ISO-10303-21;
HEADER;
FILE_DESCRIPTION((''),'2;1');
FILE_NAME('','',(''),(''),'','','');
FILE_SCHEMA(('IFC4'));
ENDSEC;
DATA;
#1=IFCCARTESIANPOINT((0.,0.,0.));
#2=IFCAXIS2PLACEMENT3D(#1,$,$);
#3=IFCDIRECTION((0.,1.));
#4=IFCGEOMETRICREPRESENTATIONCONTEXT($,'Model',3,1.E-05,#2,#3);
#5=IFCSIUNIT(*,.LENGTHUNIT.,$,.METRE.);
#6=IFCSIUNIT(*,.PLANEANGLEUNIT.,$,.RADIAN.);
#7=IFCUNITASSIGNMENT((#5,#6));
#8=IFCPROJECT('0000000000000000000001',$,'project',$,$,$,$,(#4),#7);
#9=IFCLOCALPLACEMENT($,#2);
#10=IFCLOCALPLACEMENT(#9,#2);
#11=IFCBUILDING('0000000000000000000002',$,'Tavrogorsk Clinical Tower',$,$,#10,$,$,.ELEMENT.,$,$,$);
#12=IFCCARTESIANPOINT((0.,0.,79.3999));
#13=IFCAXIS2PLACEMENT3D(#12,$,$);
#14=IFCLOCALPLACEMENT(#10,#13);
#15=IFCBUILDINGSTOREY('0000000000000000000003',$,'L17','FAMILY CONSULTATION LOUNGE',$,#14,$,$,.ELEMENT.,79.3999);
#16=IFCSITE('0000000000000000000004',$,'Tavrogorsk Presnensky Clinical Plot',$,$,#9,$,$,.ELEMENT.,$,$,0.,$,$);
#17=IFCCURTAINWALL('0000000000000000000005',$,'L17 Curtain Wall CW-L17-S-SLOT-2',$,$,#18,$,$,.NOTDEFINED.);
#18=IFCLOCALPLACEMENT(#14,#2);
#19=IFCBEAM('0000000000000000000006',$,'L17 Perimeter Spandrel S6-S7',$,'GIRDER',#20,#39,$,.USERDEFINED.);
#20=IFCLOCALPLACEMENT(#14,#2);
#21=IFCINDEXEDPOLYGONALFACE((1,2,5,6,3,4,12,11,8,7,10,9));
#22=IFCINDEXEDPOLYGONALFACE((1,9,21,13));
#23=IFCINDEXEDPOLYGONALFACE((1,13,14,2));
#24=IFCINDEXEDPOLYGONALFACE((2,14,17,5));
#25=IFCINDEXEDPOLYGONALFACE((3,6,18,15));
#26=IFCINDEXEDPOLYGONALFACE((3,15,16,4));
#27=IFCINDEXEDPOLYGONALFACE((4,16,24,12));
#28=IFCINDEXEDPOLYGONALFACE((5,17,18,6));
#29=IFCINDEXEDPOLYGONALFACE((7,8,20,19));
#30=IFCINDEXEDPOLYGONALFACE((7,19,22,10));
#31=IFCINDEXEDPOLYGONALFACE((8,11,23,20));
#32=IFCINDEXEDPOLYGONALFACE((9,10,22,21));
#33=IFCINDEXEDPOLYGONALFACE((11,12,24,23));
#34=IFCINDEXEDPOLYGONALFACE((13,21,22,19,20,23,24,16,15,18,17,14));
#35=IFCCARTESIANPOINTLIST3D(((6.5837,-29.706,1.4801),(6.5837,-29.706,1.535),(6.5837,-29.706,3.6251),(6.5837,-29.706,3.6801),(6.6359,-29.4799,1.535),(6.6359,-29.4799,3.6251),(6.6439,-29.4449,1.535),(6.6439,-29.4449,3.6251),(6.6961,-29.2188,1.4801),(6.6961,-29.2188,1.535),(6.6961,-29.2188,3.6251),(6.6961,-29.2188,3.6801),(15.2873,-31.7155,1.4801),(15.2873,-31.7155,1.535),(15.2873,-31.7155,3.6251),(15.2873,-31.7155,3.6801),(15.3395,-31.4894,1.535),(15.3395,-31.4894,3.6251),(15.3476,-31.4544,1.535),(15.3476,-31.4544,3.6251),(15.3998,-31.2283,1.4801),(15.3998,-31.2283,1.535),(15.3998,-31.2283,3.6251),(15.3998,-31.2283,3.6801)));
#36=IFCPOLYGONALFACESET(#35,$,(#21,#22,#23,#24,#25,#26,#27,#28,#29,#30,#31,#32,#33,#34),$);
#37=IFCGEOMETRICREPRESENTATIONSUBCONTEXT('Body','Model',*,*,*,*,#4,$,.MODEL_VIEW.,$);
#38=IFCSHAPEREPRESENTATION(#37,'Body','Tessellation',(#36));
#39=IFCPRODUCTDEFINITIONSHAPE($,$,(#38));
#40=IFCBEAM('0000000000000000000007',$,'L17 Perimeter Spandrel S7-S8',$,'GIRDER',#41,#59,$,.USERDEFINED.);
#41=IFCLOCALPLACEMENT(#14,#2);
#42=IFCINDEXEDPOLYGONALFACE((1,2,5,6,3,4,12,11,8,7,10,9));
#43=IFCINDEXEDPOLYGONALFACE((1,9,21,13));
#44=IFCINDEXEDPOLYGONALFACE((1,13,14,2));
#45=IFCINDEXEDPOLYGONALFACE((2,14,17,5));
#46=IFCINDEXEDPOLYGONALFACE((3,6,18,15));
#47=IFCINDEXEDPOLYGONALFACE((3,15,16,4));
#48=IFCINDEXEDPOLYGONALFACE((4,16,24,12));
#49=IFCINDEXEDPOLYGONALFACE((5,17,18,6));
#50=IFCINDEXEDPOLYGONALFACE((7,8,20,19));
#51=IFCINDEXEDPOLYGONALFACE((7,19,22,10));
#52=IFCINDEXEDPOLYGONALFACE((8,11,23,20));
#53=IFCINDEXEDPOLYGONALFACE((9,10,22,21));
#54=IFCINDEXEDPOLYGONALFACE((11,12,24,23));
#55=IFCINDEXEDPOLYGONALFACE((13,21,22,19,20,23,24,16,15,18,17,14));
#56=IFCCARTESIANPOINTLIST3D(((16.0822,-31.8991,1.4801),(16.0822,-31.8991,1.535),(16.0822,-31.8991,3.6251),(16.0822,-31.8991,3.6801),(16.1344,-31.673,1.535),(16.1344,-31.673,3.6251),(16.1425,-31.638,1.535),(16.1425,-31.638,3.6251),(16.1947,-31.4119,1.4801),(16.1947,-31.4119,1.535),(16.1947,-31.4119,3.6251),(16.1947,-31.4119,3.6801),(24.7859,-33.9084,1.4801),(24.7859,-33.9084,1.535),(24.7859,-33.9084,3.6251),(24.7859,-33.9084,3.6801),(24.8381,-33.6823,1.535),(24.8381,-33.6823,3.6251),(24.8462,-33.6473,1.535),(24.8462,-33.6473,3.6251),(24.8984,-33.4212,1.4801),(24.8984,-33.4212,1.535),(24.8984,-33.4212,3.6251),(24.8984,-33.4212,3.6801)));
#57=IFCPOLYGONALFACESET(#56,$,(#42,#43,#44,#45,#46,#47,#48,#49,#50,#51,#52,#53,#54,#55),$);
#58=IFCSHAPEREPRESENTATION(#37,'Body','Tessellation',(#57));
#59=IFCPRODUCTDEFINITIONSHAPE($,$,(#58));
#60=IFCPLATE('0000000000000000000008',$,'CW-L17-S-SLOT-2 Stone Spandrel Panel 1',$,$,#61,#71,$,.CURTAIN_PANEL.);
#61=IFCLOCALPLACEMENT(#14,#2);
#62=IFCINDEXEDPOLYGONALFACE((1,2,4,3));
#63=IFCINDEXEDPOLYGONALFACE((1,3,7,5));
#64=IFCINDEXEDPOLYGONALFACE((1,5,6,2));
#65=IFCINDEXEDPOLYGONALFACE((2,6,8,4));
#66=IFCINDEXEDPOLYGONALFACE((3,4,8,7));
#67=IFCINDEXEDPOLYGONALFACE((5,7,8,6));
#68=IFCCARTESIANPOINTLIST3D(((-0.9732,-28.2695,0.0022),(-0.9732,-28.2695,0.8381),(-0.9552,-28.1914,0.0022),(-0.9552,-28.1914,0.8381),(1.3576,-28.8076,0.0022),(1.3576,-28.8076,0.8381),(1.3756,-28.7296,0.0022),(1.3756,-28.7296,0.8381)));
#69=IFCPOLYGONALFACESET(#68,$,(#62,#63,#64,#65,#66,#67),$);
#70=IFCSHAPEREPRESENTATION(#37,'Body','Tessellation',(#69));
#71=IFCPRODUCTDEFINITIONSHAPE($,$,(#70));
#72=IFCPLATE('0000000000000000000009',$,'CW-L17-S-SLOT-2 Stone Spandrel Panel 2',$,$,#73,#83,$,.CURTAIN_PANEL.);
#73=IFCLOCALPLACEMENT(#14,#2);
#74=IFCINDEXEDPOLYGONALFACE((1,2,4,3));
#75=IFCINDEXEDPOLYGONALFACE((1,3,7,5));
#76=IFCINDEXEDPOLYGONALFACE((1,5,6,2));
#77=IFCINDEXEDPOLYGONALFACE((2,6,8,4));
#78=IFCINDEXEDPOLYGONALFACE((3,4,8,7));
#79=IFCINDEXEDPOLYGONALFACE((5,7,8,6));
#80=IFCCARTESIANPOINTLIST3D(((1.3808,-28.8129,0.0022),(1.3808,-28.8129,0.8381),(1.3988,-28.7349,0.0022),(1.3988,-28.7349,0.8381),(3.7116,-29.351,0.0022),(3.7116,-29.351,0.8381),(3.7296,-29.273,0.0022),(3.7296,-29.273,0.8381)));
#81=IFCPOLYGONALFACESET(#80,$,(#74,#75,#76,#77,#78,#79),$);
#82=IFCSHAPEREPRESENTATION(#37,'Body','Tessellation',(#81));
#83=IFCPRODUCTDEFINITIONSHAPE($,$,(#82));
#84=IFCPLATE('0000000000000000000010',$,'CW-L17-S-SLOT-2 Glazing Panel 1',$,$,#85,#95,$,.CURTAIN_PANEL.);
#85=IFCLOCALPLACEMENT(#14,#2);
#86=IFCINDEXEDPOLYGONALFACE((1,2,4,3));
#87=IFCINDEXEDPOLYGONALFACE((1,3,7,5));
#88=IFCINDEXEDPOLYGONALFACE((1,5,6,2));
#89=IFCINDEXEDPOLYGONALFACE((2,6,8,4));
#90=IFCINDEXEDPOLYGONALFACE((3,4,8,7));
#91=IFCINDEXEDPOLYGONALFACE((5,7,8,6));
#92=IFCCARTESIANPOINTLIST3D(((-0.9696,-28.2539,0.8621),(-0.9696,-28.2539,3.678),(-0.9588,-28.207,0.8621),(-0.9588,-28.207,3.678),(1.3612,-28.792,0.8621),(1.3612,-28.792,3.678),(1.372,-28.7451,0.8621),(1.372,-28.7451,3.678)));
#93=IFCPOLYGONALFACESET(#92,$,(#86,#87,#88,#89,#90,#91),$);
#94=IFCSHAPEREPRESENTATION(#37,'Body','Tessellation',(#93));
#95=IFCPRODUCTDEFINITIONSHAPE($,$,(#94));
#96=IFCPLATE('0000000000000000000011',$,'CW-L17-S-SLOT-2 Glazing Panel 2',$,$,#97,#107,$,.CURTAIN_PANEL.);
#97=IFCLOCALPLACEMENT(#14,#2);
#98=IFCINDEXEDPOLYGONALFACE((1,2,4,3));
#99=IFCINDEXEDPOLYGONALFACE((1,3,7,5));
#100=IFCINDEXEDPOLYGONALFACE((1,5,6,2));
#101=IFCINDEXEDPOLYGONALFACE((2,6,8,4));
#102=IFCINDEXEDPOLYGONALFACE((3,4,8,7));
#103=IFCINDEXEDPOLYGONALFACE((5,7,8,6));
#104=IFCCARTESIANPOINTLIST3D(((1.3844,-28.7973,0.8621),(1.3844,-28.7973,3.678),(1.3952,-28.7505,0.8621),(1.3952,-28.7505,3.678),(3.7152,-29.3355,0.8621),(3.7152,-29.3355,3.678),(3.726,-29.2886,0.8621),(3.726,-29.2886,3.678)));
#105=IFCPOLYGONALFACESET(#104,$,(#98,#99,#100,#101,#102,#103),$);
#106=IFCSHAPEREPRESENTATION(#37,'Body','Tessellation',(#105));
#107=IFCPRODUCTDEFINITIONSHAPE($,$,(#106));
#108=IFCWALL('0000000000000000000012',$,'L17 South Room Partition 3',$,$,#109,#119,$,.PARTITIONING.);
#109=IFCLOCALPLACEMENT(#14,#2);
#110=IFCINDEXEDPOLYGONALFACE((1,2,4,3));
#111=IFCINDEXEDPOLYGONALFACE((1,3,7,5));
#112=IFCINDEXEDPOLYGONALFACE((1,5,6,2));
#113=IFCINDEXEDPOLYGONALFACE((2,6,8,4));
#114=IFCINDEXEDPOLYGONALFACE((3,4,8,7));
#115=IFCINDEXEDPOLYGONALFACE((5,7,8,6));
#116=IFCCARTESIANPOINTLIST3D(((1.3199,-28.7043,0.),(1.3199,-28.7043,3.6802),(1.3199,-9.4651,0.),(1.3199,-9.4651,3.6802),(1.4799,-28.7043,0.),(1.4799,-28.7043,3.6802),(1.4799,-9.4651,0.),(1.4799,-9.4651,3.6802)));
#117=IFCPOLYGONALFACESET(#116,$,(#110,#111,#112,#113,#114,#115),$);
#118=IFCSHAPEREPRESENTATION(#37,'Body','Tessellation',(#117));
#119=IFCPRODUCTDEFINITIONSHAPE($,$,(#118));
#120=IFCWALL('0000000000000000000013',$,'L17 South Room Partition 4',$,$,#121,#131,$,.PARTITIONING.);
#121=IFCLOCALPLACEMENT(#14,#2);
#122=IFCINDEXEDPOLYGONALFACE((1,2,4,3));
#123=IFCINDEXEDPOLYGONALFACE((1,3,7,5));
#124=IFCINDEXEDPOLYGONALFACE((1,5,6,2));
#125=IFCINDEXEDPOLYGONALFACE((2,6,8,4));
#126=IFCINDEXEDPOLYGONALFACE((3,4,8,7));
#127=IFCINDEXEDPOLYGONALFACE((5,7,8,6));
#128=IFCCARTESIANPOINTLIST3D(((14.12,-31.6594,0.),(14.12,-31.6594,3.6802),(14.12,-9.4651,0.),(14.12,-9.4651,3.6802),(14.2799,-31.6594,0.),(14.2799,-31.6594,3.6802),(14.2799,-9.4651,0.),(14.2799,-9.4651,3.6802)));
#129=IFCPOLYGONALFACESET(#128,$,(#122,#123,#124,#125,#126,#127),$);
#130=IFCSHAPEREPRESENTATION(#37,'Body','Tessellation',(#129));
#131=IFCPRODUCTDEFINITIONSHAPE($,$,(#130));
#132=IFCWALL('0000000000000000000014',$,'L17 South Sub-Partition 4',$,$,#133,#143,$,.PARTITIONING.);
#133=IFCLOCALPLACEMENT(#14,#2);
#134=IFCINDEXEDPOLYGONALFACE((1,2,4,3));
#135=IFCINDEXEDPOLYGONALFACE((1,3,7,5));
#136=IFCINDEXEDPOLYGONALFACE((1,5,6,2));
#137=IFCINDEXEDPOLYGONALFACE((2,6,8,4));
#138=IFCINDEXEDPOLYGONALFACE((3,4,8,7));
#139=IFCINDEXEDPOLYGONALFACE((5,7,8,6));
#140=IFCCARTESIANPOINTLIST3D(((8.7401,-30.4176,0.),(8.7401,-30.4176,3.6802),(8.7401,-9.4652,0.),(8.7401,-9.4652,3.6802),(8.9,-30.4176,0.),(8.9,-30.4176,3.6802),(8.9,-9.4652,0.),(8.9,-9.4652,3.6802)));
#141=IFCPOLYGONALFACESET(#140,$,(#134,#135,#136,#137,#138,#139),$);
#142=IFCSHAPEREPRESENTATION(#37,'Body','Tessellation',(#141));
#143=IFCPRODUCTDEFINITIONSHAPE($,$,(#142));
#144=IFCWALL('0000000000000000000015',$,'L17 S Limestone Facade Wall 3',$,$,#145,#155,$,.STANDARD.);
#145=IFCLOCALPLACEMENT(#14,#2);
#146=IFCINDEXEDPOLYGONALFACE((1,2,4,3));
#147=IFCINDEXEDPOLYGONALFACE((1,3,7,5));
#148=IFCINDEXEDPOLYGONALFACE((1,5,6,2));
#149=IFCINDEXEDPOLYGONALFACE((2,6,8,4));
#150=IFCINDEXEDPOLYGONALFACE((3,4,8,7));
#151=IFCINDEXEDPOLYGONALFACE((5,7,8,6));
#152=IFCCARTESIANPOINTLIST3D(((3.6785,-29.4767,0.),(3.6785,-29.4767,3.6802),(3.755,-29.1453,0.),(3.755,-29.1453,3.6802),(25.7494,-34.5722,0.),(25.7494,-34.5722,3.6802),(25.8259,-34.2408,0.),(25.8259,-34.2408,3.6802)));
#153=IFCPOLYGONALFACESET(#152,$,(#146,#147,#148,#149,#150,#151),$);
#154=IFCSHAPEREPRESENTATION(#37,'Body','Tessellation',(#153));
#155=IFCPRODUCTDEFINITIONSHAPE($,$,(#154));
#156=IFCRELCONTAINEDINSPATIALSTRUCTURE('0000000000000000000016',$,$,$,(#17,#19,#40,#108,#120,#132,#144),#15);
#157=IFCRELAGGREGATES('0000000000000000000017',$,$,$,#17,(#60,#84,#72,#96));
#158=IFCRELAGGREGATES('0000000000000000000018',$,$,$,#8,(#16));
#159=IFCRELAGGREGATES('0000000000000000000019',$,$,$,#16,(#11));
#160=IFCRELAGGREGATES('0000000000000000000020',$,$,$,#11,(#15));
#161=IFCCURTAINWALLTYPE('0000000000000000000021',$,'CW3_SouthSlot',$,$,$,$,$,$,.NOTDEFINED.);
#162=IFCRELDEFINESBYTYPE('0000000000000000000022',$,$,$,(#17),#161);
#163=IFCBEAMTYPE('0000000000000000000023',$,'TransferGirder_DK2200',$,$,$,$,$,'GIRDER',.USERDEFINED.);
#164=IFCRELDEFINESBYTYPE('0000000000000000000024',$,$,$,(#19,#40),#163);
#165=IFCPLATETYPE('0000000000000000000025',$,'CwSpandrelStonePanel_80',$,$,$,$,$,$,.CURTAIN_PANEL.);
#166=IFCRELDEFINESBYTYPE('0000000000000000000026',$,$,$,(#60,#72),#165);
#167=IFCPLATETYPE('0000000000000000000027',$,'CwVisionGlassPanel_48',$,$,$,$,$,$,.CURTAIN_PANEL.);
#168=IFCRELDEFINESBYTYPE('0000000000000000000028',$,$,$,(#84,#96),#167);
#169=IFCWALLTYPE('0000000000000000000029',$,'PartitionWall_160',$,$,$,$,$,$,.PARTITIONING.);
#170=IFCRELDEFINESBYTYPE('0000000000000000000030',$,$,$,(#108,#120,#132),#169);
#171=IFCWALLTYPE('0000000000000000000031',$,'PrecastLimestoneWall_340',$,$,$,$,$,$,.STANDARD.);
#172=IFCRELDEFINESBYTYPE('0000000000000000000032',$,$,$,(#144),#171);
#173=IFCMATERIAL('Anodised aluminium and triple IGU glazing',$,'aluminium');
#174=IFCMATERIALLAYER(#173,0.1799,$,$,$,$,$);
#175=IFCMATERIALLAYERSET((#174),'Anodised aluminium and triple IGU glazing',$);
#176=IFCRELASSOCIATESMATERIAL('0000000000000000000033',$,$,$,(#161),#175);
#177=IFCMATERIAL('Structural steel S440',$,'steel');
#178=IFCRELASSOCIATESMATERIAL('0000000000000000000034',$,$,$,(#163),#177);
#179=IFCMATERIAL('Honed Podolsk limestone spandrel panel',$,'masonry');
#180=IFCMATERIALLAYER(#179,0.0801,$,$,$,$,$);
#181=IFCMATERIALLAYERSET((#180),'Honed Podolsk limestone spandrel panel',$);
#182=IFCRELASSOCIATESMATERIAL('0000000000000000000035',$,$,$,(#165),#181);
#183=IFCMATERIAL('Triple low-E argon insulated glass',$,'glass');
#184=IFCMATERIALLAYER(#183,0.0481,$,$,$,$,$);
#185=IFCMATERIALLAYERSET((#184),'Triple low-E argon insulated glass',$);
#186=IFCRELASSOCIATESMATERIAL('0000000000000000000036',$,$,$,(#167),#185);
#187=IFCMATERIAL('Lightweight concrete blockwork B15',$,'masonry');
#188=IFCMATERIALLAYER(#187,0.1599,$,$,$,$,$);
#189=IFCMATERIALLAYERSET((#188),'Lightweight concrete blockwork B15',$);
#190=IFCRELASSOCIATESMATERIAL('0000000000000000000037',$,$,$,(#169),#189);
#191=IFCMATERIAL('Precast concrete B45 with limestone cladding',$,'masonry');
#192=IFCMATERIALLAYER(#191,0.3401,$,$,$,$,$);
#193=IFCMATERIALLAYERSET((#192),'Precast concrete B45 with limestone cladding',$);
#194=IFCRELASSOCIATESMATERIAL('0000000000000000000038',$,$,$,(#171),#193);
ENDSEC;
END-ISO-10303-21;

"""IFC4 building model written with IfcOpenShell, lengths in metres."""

from ifc_helpers import new_model, si_unit, direction, frame, frame_2d, origin, origin_2d, place, context, subcontext, project, spatial, rectangle, i_section, extrude, material, layer, layer_set, material_profile, profile_set, type_object, element, aggregate, save


model = new_model("IFC4")

# Units and contexts
model_context = context("Model", 3, precision=1e-05, world=origin(), true_north=direction((0.0, 1.0)))
body_context = subcontext(model_context, "Body", "Model", "MODEL_VIEW")
ifc_project = project(units=[si_unit("LENGTHUNIT", "METRE"), si_unit("PLANEANGLEUNIT", "RADIAN")], contexts=[model_context])

# Site, building, storey
site_placement = place(None, origin())
site = spatial("IfcSite", under=ifc_project, at=site_placement, Name="Tavrogorsk Presnensky Clinical Plot", CompositionType="ELEMENT", RefElevation=0.0)
building_placement = place(site_placement, origin())
building = spatial("IfcBuilding", under=site, at=building_placement, Name="Tavrogorsk Clinical Tower", CompositionType="ELEMENT")
storey_placement = place(building_placement, frame((0.0, 0.0, 79.3999)))
storey = spatial("IfcBuildingStorey", under=building, at=storey_placement, Name="L17", Description="FAMILY CONSULTATION LOUNGE", CompositionType="ELEMENT", Elevation=79.3999)

# Curtain wall
ifc_material_1 = material(Name="Anodised aluminium and triple IGU glazing", Category="aluminium")
ifc_layer_1 = layer(ifc_material_1, 0.1799)
ifc_layer_set_1 = layer_set([ifc_layer_1], Name="Anodised aluminium and triple IGU glazing")
curtain_wall_type = type_object("IfcCurtainWallType", Name="CW3_SouthSlot", PredefinedType="NOTDEFINED", material=ifc_layer_set_1)
curtain_wall_placement = place(storey_placement, origin())
curtain_wall = element("IfcCurtainWall", 1, at=curtain_wall_placement, inside=storey, type_object=curtain_wall_type, Name="L17 Curtain Wall CW-L17-S-SLOT-2", PredefinedType="NOTDEFINED")

# Beams
ifc_material_2 = material(Name="Structural steel S440", Category="steel")
ifc_material_profile_1 = material_profile(ifc_material_2, i_section(OverallWidth=0.5, OverallDepth=2.2, WebThickness=0.0359, FlangeThickness=0.0549, at=origin_2d()), Name="DK-2200x500x36x55")
ifc_profile_set_1 = profile_set([ifc_material_profile_1], Name="Structural steel S440")
beam_type = type_object("IfcBeamType", Name="TransferGirder_DK2200", ElementType="GIRDER", PredefinedType="USERDEFINED", material=ifc_profile_set_1)
for number, where, z_axis, x_axis, name in (
    (2, (6.6399, -29.4624, 2.5801), (0.974367, -0.224965, 0.0), (0.224965, 0.974367, 0.0), "L17 Perimeter Spandrel S6-S7"),
    (3, (16.1384, -31.6555, 2.5801), (0.974373, -0.224939, 0.0), (0.224939, 0.974373, 0.0), "L17 Perimeter Spandrel S7-S8"),
):
    element("IfcBeam", number, at=place(storey_placement, frame(where, z_axis=z_axis, x_axis=x_axis)), inside=storey, type_object=beam_type, Name=name, ObjectType="GIRDER", PredefinedType="USERDEFINED", context=body_context, shape_type="SweptSolid", body=[
        extrude(i_section(OverallWidth=0.5, OverallDepth=2.2, WebThickness=0.0359, FlangeThickness=0.0549, at=origin_2d()), origin(), (0.0, 0.0, 1.0), 8.9326),
    ])

# Plates
ifc_material_3 = material(Name="Honed Podolsk limestone spandrel panel", Category="masonry")
ifc_layer_2 = layer(ifc_material_3, 0.0801)
ifc_layer_set_2 = layer_set([ifc_layer_2], Name="Honed Podolsk limestone spandrel panel")
plate_type_1 = type_object("IfcPlateType", Name="CwSpandrelStonePanel_80", PredefinedType="CURTAIN_PANEL", material=ifc_layer_set_2)
plate_1_placement = place(storey_placement, frame((0.2012, -28.4995, 0.0022), z_axis=(0.0, 0.0, 1.0), x_axis=(0.97437, -0.224951, 0.0)))
plate_1 = element("IfcPlate", 4, at=plate_1_placement, type_object=plate_type_1, Name="CW-L17-S-SLOT-2 Stone Spandrel Panel 1", PredefinedType="CURTAIN_PANEL", context=body_context, shape_type="SweptSolid", body=[
    extrude(rectangle(XDim=2.3921, YDim=0.0801, at=origin_2d()), origin(), (0.0, 0.0, 1.0), 0.8359),
])
plate_2_placement = place(storey_placement, frame((2.5552, -29.043, 0.0022), z_axis=(0.0, 0.0, 1.0), x_axis=(0.97437, -0.224951, 0.0)))
plate_2 = element("IfcPlate", 5, at=plate_2_placement, type_object=plate_type_1, Name="CW-L17-S-SLOT-2 Stone Spandrel Panel 2", PredefinedType="CURTAIN_PANEL", context=body_context, shape_type="SweptSolid", body=[
    extrude(rectangle(XDim=2.3921, YDim=0.0801, at=origin_2d()), origin(), (0.0, 0.0, 1.0), 0.8359),
])
ifc_material_4 = material(Name="Triple low-E argon insulated glass", Category="glass")
ifc_layer_3 = layer(ifc_material_4, 0.0481)
ifc_layer_set_3 = layer_set([ifc_layer_3], Name="Triple low-E argon insulated glass")
plate_type_2 = type_object("IfcPlateType", Name="CwVisionGlassPanel_48", PredefinedType="CURTAIN_PANEL", material=ifc_layer_set_3)
plate_3_placement = place(storey_placement, frame((0.2012, -28.4995, 0.8621), z_axis=(0.0, 0.0, 1.0), x_axis=(0.97437, -0.224951, 0.0)))
plate_3 = element("IfcPlate", 6, at=plate_3_placement, type_object=plate_type_2, Name="CW-L17-S-SLOT-2 Glazing Panel 1", PredefinedType="CURTAIN_PANEL", context=body_context, shape_type="SweptSolid", body=[
    extrude(rectangle(XDim=2.3921, YDim=0.0481, at=origin_2d()), origin(), (0.0, 0.0, 1.0), 2.8159),
])
plate_4_placement = place(storey_placement, frame((2.5552, -29.043, 0.8621), z_axis=(0.0, 0.0, 1.0), x_axis=(0.97437, -0.224951, 0.0)))
plate_4 = element("IfcPlate", 7, at=plate_4_placement, type_object=plate_type_2, Name="CW-L17-S-SLOT-2 Glazing Panel 2", PredefinedType="CURTAIN_PANEL", context=body_context, shape_type="SweptSolid", body=[
    extrude(rectangle(XDim=2.3921, YDim=0.0481, at=origin_2d()), origin(), (0.0, 0.0, 1.0), 2.8159),
])
aggregate(curtain_wall, [plate_1, plate_3, plate_2, plate_4])

# Walls
ifc_material_5 = material(Name="Lightweight concrete blockwork B15", Category="masonry")
ifc_layer_4 = layer(ifc_material_5, 0.1599)
ifc_layer_set_4 = layer_set([ifc_layer_4], Name="Lightweight concrete blockwork B15")
wall_type_1 = type_object("IfcWallType", Name="PartitionWall_160", PredefinedType="PARTITIONING", material=ifc_layer_set_4)
wall_1_placement = place(storey_placement, frame((1.3999, -28.7043, 0.0), z_axis=(0.0, 0.0, 1.0), x_axis=(0.0, 1.0, 0.0)))
element("IfcWall", 8, at=wall_1_placement, inside=storey, type_object=wall_type_1, Name="L17 South Room Partition 3", PredefinedType="PARTITIONING", context=body_context, shape_type="SweptSolid", body=[
    extrude(rectangle(XDim=19.2393, YDim=0.1599, at=frame_2d((9.6196, 0.0))), origin(), (0.0, 0.0, 1.0), 3.6802),
])
wall_2_placement = place(storey_placement, frame((14.2, -31.6594, 0.0), z_axis=(0.0, 0.0, 1.0), x_axis=(0.0, 1.0, 0.0)))
element("IfcWall", 9, at=wall_2_placement, inside=storey, type_object=wall_type_1, Name="L17 South Room Partition 4", PredefinedType="PARTITIONING", context=body_context, shape_type="SweptSolid", body=[
    extrude(rectangle(XDim=22.1943, YDim=0.1599, at=frame_2d((11.0972, 0.0))), origin(), (0.0, 0.0, 1.0), 3.6802),
])
wall_3_placement = place(storey_placement, frame((8.8201, -30.4175, 0.0), z_axis=(0.0, 0.0, 1.0), x_axis=(0.0, 1.0, 0.0)))
element("IfcWall", 10, at=wall_3_placement, inside=storey, type_object=wall_type_1, Name="L17 South Sub-Partition 4", PredefinedType="PARTITIONING", context=body_context, shape_type="SweptSolid", body=[
    extrude(rectangle(XDim=20.9524, YDim=0.1599, at=frame_2d((10.4761, 0.0))), origin(), (0.0, 0.0, 1.0), 3.6802),
])
ifc_material_6 = material(Name="Precast concrete B45 with limestone cladding", Category="masonry")
ifc_layer_5 = layer(ifc_material_6, 0.3401)
ifc_layer_set_5 = layer_set([ifc_layer_5], Name="Precast concrete B45 with limestone cladding")
wall_type_2 = type_object("IfcWallType", Name="PrecastLimestoneWall_340", PredefinedType="STANDARD", material=ifc_layer_set_5)
wall_4_placement = place(storey_placement, frame((3.7168, -29.311, 0.0), z_axis=(0.0, 0.0, 1.0), x_axis=(0.97437, -0.224952, 0.0)))
element("IfcWall", 11, at=wall_4_placement, inside=storey, type_object=wall_type_2, Name="L17 S Limestone Facade Wall 3", PredefinedType="STANDARD", context=body_context, shape_type="SweptSolid", body=[
    extrude(rectangle(XDim=22.6514, YDim=0.3401, at=frame_2d((11.3257, 0.0))), origin(), (0.0, 0.0, 1.0), 3.6802),
])

save(model, "model.ifc")
